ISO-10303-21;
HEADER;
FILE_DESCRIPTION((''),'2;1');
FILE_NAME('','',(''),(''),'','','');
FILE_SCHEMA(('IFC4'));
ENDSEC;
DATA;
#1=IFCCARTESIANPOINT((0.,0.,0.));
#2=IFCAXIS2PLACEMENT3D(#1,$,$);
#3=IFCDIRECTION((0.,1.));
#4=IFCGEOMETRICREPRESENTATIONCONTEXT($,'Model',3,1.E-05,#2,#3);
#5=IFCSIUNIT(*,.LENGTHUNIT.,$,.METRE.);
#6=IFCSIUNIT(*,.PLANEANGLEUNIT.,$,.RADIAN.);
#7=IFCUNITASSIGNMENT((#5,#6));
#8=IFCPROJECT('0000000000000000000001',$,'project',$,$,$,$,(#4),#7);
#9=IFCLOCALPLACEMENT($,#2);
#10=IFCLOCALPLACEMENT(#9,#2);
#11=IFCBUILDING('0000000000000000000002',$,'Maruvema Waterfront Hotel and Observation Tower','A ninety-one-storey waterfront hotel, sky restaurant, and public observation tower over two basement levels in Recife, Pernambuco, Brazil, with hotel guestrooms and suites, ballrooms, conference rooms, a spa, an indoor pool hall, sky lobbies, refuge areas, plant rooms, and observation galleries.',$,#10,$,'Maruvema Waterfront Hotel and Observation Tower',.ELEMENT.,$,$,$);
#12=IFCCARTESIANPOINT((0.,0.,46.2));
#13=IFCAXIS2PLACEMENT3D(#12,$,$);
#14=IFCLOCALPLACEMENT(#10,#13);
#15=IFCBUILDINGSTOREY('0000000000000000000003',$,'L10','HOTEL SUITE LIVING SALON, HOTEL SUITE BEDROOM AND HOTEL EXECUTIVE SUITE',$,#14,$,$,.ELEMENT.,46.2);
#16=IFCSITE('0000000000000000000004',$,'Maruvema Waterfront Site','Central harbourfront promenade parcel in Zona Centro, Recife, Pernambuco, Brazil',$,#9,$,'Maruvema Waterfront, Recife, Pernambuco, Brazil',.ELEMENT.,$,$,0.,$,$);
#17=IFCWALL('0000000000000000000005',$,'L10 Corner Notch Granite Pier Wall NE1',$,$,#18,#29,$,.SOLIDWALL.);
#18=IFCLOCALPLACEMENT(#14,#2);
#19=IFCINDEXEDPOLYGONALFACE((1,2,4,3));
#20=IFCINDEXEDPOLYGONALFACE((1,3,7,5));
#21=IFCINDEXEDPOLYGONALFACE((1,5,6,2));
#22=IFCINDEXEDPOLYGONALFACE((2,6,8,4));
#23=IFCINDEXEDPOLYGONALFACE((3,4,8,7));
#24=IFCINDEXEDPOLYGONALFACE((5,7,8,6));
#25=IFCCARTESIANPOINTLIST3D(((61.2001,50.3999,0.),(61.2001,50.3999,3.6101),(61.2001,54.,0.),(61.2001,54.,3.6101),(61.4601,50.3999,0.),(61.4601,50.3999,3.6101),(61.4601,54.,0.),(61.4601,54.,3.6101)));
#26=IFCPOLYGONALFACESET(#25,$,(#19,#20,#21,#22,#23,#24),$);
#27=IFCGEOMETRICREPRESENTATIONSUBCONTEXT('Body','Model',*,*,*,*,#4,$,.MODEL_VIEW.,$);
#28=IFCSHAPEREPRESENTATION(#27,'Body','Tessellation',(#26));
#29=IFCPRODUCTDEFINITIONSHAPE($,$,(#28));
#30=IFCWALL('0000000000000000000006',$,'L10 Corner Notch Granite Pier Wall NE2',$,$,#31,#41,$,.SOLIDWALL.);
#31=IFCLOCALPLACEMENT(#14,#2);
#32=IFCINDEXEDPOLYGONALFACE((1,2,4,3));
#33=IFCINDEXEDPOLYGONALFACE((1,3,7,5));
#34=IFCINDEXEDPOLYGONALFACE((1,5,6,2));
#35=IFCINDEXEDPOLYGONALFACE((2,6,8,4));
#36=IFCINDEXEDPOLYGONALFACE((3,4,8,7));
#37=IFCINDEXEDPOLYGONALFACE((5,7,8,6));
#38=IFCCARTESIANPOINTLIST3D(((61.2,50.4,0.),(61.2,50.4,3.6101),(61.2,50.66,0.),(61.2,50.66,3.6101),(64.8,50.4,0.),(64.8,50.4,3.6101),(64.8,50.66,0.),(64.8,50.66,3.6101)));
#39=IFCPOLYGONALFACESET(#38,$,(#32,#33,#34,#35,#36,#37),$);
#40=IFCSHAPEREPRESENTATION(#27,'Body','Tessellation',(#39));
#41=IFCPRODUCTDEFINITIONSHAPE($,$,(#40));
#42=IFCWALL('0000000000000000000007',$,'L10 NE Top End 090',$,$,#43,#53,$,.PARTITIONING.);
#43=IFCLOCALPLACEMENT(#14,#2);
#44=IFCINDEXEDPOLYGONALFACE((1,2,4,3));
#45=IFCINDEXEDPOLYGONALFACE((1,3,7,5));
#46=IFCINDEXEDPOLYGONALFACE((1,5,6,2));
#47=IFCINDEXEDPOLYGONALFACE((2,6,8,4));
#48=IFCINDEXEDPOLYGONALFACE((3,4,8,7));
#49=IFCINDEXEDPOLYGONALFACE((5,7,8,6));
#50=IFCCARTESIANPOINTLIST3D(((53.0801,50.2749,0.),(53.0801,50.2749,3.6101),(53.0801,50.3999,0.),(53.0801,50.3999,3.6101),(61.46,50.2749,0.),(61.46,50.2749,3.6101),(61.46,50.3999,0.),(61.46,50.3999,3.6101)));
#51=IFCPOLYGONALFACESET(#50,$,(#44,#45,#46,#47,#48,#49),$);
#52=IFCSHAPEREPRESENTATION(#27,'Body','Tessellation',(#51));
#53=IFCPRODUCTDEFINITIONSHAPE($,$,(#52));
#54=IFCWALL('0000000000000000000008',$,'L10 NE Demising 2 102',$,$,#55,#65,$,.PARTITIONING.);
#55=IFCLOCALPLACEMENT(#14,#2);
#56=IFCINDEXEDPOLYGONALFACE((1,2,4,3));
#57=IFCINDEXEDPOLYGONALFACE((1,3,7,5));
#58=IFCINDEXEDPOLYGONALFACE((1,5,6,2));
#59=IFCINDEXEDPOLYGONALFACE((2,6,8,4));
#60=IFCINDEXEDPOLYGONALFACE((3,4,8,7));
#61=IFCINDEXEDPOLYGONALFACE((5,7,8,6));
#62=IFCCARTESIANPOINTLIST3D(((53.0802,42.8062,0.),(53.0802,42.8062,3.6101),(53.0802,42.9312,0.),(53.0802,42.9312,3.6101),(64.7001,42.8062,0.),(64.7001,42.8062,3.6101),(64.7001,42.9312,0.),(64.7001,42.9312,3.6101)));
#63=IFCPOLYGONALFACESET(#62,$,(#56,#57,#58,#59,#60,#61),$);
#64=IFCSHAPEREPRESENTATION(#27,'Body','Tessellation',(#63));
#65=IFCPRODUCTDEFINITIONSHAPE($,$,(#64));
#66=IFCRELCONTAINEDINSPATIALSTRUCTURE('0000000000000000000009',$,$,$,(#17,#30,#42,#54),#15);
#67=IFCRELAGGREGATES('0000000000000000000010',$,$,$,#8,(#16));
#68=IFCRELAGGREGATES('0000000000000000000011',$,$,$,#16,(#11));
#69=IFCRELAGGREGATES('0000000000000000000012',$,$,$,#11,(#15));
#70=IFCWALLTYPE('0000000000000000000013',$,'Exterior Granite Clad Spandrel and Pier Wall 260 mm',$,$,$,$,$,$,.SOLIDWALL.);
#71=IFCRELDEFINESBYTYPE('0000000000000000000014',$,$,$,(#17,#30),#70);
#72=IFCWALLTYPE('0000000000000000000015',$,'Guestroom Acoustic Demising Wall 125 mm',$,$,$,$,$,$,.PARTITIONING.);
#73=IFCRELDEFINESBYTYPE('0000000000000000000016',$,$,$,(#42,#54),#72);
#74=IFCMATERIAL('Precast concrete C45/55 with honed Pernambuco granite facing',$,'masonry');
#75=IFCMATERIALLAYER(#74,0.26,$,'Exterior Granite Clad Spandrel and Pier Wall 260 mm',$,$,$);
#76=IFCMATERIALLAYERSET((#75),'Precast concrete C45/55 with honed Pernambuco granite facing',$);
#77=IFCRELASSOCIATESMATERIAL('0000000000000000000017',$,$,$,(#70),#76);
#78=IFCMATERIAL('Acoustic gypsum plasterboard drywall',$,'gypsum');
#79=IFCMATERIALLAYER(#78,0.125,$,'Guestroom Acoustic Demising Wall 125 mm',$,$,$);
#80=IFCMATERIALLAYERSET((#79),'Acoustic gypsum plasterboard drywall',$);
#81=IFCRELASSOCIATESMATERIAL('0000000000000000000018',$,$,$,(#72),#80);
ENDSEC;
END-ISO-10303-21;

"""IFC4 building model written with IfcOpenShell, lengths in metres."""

from ifc_helpers import new_model, si_unit, direction, frame, frame_2d, origin, place, context, subcontext, project, spatial, rectangle, extrude, material, layer, layer_set, type_object, element, save


model = new_model("IFC4")

# Units and contexts
model_context = context("Model", 3, precision=1e-05, world=origin(), true_north=direction((0.0, 1.0)))
body_context = subcontext(model_context, "Body", "Model", "MODEL_VIEW")
ifc_project = project(units=[si_unit("LENGTHUNIT", "METRE"), si_unit("PLANEANGLEUNIT", "RADIAN")], contexts=[model_context])

# Site, building, storey
site_placement = place(None, origin())
site = spatial("IfcSite", under=ifc_project, at=site_placement, Name="Maruvema Waterfront Site", Description="Central harbourfront promenade parcel in Zona Centro, Recife, Pernambuco, Brazil", LongName="Maruvema Waterfront, Recife, Pernambuco, Brazil", CompositionType="ELEMENT", RefElevation=0.0)
building_placement = place(site_placement, origin())
building = spatial("IfcBuilding", under=site, at=building_placement, Name="Maruvema Waterfront Hotel and Observation Tower", Description="A ninety-one-storey waterfront hotel, sky restaurant, and public observation tower over two basement levels in Recife, Pernambuco, Brazil, with hotel guestrooms and suites, ballrooms, conference rooms, a spa, an indoor pool hall, sky lobbies, refuge areas, plant rooms, and observation galleries.", LongName="Maruvema Waterfront Hotel and Observation Tower", CompositionType="ELEMENT")
storey_placement = place(building_placement, frame((0.0, 0.0, 46.2)))
storey = spatial("IfcBuildingStorey", under=building, at=storey_placement, Name="L10", Description="HOTEL SUITE LIVING SALON, HOTEL SUITE BEDROOM AND HOTEL EXECUTIVE SUITE", CompositionType="ELEMENT", Elevation=46.2)

# Walls
ifc_material_1 = material(Name="Precast concrete C45/55 with honed Pernambuco granite facing", Category="masonry")
ifc_layer_1 = layer(ifc_material_1, 0.26, Name="Exterior Granite Clad Spandrel and Pier Wall 260 mm")
ifc_layer_set_1 = layer_set([ifc_layer_1], Name="Precast concrete C45/55 with honed Pernambuco granite facing")
wall_type_1 = type_object("IfcWallType", Name="Exterior Granite Clad Spandrel and Pier Wall 260 mm", PredefinedType="SOLIDWALL", material=ifc_layer_set_1)
for number, where, z_axis, x_axis, name in (
    (1, (61.3301, 54.0, 0.0), (0.0, 0.0, 1.0), (0.0, -1.0, 0.0), "L10 Corner Notch Granite Pier Wall NE1"),
    (2, (61.2, 50.53, 0.0), (0.0, 0.0, 1.0), (1.0, 0.0, 0.0), "L10 Corner Notch Granite Pier Wall NE2"),
):
    element("IfcWall", number, at=place(storey_placement, frame(where, z_axis=z_axis, x_axis=x_axis)), inside=storey, type_object=wall_type_1, Name=name, PredefinedType="SOLIDWALL", context=body_context, shape_type="SweptSolid", body=[
        extrude(rectangle(XDim=3.6001, YDim=0.26, at=frame_2d((1.8, 0.0))), origin(), (0.0, 0.0, 1.0), 3.6101),
    ])
ifc_material_2 = material(Name="Acoustic gypsum plasterboard drywall", Category="gypsum")
ifc_layer_2 = layer(ifc_material_2, 0.125, Name="Guestroom Acoustic Demising Wall 125 mm")
ifc_layer_set_2 = layer_set([ifc_layer_2], Name="Acoustic gypsum plasterboard drywall")
wall_type_2 = type_object("IfcWallType", Name="Guestroom Acoustic Demising Wall 125 mm", PredefinedType="PARTITIONING", material=ifc_layer_set_2)
wall_1_placement = place(storey_placement, frame((53.0801, 50.3374, 0.0), z_axis=(0.0, 0.0, 1.0), x_axis=(1.0, 0.0, 0.0)))
element("IfcWall", 3, at=wall_1_placement, inside=storey, type_object=wall_type_2, Name="L10 NE Top End 090", PredefinedType="PARTITIONING", context=body_context, shape_type="SweptSolid", body=[
    extrude(rectangle(XDim=8.3799, YDim=0.125, at=frame_2d((4.1899, 0.0))), origin(), (0.0, 0.0, 1.0), 3.6101),
])
wall_2_placement = place(storey_placement, frame((53.0801, 42.8687, 0.0), z_axis=(0.0, 0.0, 1.0), x_axis=(1.0, 0.0, 0.0)))
element("IfcWall", 4, at=wall_2_placement, inside=storey, type_object=wall_type_2, Name="L10 NE Demising 2 102", PredefinedType="PARTITIONING", context=body_context, shape_type="SweptSolid", body=[
    extrude(rectangle(XDim=11.6199, YDim=0.125, at=frame_2d((5.8101, 0.0))), origin(), (0.0, 0.0, 1.0), 3.6101),
])

save(model, "model.ifc")
